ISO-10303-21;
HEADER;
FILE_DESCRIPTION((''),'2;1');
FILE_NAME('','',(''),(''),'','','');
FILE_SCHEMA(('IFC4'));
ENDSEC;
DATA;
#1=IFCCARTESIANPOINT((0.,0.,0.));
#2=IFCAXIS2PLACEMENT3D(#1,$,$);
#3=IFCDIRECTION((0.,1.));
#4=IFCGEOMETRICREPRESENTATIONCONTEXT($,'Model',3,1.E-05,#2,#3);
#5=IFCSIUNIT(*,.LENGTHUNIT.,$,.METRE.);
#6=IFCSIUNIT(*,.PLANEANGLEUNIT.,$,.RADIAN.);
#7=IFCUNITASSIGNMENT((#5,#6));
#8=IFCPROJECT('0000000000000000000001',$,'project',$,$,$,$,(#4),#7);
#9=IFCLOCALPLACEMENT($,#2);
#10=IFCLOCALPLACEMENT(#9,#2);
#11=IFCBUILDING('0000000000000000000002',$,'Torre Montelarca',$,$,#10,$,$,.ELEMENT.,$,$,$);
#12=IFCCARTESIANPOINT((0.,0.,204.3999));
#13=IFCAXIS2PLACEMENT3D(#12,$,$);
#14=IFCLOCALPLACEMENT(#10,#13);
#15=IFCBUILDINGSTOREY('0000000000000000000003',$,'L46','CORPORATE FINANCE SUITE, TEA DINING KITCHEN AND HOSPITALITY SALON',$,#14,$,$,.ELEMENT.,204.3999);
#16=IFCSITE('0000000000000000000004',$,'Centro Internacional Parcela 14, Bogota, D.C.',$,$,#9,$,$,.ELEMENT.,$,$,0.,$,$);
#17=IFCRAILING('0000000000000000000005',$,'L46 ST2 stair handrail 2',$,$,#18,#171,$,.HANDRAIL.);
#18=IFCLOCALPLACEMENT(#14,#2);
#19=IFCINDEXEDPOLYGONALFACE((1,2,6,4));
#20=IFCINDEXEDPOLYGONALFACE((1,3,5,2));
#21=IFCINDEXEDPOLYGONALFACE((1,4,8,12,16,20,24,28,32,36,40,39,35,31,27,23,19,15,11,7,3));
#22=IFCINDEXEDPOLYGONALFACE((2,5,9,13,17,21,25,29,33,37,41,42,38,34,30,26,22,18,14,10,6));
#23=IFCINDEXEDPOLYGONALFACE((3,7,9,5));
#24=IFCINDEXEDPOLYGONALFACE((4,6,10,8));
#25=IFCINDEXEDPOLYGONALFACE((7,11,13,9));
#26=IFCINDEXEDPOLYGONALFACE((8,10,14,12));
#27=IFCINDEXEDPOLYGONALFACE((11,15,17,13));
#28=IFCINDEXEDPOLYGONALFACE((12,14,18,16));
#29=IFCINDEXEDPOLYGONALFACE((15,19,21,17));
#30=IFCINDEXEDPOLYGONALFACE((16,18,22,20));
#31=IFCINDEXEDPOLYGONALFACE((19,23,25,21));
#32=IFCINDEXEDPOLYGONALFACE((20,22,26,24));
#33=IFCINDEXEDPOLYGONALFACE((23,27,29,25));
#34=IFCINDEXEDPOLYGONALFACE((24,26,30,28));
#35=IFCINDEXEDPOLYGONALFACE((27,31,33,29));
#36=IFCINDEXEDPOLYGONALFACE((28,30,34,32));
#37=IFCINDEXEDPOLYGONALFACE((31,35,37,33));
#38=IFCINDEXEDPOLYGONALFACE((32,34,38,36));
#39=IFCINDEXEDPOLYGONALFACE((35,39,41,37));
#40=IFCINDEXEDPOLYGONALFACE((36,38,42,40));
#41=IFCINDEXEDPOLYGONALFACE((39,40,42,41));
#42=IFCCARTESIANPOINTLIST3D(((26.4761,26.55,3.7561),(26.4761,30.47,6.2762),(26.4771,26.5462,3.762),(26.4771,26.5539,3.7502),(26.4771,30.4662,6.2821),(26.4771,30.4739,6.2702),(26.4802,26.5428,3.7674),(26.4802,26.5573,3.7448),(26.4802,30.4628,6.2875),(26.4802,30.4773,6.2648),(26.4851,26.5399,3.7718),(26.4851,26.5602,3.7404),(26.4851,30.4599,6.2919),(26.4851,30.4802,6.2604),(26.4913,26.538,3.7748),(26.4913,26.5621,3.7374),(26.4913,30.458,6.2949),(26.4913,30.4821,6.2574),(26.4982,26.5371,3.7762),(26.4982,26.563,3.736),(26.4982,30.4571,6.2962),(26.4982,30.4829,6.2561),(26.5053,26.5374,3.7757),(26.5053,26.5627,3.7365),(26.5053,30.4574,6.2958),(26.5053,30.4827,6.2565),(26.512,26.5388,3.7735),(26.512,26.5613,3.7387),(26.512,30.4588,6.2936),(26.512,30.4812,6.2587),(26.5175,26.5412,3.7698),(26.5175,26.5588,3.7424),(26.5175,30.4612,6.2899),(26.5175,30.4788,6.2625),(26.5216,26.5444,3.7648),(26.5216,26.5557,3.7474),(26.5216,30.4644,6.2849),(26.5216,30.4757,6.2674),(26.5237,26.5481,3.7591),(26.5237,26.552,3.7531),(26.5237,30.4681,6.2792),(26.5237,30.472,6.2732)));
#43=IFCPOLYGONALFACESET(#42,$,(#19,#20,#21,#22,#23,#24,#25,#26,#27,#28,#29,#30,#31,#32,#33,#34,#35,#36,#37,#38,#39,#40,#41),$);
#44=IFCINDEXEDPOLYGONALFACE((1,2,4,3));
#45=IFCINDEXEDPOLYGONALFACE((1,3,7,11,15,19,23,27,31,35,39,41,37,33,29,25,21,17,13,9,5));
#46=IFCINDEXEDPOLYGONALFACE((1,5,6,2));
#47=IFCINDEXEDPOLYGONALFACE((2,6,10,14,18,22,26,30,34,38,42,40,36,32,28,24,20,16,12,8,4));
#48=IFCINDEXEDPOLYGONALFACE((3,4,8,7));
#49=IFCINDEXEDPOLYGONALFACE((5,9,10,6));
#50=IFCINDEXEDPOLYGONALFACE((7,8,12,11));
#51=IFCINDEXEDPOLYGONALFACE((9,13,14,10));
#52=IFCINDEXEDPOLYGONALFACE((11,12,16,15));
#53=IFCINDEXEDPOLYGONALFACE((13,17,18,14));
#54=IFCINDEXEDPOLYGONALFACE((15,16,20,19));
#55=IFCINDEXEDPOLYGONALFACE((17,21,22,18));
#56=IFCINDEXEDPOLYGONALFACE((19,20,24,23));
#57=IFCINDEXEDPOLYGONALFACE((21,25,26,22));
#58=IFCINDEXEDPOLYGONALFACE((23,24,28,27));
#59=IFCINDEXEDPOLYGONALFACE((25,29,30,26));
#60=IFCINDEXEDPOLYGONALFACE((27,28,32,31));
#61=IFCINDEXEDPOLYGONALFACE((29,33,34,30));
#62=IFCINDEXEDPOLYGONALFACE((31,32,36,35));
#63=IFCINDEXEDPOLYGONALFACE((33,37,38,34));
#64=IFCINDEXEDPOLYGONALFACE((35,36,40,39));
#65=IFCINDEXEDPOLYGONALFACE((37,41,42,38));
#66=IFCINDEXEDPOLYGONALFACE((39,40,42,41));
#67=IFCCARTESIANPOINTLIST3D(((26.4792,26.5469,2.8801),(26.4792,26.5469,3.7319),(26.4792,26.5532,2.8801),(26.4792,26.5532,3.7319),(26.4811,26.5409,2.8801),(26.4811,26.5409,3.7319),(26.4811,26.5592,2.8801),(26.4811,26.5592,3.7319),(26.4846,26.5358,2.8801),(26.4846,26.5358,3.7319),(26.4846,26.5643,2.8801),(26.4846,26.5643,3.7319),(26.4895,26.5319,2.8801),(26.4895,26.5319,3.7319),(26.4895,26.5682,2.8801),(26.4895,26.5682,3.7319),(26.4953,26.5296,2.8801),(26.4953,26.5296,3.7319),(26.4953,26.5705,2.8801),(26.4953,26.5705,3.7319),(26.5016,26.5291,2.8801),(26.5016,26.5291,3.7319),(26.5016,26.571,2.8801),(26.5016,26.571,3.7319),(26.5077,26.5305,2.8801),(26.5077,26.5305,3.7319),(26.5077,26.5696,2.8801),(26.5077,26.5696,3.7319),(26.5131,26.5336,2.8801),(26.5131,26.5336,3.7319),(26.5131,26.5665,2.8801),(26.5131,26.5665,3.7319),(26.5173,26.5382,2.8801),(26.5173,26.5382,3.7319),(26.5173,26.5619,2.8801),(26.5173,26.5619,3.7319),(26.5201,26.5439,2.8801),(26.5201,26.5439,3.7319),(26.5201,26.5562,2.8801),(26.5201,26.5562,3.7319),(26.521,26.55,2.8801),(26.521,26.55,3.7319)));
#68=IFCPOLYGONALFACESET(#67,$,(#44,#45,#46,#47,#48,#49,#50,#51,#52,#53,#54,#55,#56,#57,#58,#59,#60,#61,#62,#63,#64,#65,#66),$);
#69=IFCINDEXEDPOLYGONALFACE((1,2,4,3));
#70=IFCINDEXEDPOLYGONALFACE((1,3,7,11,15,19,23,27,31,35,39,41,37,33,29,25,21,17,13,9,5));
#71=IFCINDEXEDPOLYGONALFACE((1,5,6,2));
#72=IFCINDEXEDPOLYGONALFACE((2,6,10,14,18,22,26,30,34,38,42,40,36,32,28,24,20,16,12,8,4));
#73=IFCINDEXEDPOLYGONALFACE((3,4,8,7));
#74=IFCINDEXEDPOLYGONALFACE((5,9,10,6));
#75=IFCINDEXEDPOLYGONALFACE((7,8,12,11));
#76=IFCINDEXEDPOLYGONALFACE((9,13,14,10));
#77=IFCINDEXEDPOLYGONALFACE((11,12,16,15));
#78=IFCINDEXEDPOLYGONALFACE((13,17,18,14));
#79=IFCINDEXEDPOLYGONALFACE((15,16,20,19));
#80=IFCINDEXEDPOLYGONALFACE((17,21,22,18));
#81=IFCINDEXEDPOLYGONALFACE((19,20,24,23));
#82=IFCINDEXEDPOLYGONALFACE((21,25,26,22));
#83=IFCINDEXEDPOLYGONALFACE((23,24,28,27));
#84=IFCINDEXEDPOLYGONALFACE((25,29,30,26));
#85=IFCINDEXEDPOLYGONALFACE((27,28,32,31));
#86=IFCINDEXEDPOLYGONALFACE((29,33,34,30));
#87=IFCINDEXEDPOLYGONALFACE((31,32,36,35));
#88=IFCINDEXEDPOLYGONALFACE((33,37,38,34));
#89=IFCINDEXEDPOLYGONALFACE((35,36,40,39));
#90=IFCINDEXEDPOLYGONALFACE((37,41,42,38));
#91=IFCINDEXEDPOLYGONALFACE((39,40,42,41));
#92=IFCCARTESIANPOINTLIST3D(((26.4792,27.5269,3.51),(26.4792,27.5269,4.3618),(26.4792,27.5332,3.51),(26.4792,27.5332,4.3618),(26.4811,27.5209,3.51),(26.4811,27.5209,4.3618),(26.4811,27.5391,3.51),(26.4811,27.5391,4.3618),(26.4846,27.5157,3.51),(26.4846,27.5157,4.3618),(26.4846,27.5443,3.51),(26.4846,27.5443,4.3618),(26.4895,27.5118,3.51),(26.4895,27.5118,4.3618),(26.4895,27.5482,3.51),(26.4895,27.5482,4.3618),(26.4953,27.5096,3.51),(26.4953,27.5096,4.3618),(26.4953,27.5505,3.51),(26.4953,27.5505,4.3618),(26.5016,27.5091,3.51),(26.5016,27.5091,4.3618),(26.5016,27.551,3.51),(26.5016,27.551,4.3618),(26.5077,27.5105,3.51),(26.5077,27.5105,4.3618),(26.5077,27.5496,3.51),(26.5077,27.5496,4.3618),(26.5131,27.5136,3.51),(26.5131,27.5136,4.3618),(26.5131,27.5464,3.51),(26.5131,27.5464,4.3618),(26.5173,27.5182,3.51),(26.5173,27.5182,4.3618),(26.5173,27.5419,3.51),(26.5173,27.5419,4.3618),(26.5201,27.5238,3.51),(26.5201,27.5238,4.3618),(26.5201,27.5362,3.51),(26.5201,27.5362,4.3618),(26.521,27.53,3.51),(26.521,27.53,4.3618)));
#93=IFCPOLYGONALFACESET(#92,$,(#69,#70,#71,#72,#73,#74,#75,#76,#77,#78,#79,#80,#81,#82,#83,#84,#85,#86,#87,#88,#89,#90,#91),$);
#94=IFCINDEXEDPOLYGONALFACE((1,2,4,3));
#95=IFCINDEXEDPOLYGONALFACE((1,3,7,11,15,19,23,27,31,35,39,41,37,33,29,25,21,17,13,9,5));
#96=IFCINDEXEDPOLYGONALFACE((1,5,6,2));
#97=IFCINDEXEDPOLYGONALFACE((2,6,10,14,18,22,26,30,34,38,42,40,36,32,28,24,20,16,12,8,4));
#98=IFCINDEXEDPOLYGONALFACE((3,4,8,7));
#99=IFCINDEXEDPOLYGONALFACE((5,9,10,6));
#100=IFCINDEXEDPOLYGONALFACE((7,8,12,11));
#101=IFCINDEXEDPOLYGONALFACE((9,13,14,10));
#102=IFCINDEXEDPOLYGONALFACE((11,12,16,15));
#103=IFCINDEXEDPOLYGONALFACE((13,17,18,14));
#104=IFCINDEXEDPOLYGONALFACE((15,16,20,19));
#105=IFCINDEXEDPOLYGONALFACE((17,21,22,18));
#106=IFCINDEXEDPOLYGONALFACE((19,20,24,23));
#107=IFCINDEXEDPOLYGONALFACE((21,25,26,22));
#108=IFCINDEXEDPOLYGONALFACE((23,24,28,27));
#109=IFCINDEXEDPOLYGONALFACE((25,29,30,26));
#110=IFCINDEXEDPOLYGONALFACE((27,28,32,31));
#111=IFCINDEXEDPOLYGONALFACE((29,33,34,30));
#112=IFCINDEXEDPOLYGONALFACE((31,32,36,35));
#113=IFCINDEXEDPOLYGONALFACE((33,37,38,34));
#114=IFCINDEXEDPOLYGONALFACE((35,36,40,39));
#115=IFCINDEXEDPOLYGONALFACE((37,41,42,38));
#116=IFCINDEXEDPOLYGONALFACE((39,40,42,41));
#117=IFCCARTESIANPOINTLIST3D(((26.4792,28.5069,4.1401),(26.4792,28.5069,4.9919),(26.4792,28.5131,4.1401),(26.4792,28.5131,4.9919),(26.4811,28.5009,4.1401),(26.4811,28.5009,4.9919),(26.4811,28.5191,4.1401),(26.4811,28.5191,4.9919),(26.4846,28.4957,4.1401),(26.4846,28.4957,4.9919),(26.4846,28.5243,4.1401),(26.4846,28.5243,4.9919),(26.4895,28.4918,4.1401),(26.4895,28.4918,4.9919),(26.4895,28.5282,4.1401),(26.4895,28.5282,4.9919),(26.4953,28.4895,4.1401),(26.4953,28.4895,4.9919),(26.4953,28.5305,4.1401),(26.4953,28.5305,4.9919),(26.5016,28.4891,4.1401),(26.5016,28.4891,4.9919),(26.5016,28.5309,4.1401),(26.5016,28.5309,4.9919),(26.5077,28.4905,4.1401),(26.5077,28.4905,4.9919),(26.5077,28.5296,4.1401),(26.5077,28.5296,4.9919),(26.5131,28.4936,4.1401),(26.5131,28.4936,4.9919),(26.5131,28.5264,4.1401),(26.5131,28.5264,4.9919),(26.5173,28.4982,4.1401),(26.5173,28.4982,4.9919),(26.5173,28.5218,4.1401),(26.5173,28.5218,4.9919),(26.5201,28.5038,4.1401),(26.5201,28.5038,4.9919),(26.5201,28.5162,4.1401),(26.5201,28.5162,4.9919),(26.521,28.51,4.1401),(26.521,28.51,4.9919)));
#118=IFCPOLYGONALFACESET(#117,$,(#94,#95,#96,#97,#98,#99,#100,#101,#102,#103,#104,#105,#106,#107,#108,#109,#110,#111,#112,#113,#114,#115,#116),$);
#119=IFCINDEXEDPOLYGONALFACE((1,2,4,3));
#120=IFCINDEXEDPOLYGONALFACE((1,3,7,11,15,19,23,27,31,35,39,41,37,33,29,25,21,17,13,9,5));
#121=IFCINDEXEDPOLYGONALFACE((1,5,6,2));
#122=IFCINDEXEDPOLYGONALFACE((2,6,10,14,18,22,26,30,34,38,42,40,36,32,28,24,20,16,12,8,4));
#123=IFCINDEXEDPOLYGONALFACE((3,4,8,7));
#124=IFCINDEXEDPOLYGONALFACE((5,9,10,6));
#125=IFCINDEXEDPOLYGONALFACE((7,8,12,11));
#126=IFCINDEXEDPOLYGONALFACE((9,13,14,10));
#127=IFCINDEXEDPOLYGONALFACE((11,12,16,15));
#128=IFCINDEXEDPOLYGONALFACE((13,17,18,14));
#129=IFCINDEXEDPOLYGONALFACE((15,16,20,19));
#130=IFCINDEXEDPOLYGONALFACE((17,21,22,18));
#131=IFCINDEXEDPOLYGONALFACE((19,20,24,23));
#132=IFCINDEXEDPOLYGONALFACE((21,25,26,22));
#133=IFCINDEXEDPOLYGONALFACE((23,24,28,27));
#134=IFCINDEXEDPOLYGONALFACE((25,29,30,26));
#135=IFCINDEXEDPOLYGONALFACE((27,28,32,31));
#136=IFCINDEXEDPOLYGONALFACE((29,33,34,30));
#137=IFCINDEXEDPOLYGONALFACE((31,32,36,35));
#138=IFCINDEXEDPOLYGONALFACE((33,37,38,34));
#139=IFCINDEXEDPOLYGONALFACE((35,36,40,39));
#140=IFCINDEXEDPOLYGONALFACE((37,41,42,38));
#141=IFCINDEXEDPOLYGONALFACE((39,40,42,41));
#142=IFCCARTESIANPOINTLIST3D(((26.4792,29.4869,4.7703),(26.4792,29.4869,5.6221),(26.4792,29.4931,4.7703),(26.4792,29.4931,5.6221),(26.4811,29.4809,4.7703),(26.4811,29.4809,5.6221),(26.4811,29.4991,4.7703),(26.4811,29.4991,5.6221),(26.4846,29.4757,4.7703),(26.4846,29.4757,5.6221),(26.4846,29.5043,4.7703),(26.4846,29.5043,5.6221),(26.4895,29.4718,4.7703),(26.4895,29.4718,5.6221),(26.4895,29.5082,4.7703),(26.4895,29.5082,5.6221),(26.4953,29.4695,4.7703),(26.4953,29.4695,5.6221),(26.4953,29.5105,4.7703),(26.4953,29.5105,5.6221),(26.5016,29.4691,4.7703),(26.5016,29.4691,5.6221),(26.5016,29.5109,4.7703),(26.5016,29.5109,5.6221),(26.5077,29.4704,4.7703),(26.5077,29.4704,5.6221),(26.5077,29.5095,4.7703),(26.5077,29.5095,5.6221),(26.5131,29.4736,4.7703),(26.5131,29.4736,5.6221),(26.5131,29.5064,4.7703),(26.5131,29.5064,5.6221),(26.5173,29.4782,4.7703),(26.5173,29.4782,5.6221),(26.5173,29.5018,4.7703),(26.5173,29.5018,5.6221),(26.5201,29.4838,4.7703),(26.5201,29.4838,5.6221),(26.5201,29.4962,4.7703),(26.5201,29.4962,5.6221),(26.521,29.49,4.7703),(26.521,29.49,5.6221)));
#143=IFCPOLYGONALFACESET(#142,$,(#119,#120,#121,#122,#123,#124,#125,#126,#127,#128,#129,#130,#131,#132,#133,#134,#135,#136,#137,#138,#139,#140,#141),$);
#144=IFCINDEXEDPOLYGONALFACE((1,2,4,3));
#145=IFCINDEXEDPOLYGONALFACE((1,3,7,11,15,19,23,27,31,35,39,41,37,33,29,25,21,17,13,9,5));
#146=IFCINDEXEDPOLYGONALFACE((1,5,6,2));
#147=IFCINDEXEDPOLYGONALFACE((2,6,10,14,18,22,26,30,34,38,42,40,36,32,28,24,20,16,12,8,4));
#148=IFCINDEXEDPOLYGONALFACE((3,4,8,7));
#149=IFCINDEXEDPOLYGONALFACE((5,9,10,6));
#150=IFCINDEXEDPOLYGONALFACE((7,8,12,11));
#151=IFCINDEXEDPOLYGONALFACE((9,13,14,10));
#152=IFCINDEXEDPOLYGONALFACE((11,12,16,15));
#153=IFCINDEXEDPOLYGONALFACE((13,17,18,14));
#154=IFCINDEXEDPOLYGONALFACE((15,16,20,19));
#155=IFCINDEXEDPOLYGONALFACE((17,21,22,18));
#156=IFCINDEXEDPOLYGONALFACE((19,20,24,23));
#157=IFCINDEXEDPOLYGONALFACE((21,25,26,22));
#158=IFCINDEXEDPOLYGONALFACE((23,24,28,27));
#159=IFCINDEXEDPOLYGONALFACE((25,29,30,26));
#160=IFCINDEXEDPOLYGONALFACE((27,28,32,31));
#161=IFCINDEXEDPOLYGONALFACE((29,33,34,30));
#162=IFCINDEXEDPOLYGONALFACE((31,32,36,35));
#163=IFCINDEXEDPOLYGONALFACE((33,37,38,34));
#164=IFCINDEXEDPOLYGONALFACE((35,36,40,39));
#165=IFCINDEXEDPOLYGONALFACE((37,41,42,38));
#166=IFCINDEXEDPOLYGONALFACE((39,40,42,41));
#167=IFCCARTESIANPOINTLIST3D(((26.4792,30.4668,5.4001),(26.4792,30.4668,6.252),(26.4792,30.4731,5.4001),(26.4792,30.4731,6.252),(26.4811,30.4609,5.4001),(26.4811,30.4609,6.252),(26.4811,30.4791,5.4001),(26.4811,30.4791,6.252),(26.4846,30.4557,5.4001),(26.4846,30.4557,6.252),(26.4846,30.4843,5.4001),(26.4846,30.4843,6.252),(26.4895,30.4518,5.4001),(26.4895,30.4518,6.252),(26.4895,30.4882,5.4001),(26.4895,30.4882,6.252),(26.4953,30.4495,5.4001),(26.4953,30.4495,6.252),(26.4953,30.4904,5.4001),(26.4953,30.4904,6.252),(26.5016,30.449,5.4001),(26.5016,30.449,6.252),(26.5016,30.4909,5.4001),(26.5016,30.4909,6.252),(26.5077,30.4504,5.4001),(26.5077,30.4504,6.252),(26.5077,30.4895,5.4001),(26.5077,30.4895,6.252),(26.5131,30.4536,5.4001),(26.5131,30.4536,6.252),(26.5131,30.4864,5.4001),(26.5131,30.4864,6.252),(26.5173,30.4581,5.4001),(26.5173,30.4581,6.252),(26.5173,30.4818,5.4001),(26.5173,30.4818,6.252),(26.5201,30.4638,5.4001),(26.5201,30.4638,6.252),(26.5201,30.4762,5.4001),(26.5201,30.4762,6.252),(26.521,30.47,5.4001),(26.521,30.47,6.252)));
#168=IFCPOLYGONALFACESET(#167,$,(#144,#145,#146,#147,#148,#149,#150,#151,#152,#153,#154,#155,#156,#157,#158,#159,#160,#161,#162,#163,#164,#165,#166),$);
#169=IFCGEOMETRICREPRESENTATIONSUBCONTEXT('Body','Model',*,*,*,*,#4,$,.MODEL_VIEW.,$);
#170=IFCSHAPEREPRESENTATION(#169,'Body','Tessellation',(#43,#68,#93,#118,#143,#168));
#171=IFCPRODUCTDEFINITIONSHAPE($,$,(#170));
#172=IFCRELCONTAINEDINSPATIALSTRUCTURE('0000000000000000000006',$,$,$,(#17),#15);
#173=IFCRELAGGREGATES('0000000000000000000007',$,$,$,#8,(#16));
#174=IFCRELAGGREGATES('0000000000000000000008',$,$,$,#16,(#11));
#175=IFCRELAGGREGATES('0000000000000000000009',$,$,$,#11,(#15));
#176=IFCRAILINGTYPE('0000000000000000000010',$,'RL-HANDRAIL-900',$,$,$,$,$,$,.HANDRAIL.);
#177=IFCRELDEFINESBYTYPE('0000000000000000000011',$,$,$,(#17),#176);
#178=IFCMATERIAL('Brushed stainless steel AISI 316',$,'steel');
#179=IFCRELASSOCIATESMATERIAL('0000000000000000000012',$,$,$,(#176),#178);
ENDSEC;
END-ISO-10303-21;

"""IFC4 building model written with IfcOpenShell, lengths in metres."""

from ifc_helpers import new_model, si_unit, direction, frame, origin, origin_2d, place, context, subcontext, project, spatial, circle, extrude, material, type_object, element, save


model = new_model("IFC4")

# Units and contexts
model_context = context("Model", 3, precision=1e-05, world=origin(), true_north=direction((0.0, 1.0)))
body_context = subcontext(model_context, "Body", "Model", "MODEL_VIEW")
ifc_project = project(units=[si_unit("LENGTHUNIT", "METRE"), si_unit("PLANEANGLEUNIT", "RADIAN")], contexts=[model_context])

# Site, building, storey
site_placement = place(None, origin())
site = spatial("IfcSite", under=ifc_project, at=site_placement, Name="Centro Internacional Parcela 14, Bogota, D.C.", CompositionType="ELEMENT", RefElevation=0.0)
building_placement = place(site_placement, origin())
building = spatial("IfcBuilding", under=site, at=building_placement, Name="Torre Montelarca", CompositionType="ELEMENT")
storey_placement = place(building_placement, frame((0.0, 0.0, 204.3999)))
storey = spatial("IfcBuildingStorey", under=building, at=storey_placement, Name="L46", Description="CORPORATE FINANCE SUITE, TEA DINING KITCHEN AND HOSPITALITY SALON", CompositionType="ELEMENT", Elevation=204.3999)

# Shared definitions
ifc_material_1 = material(Name="Brushed stainless steel AISI 316", Category="steel")

# Railing
railing_type_1 = type_object("IfcRailingType", Name="RL-HANDRAIL-900", PredefinedType="HANDRAIL", material=ifc_material_1)
railing_1_placement = place(storey_placement, frame((26.5, 26.55, 2.8801)))
element("IfcRailing", 1, at=railing_1_placement, inside=storey, type_object=railing_type_1, Name="L46 ST2 stair handrail 2", PredefinedType="HANDRAIL", context=body_context, shape_type="SweptSolid", body=[
    extrude(circle(Radius=0.0239, at=origin_2d()), frame((0.0, 0.0, 0.876), z_axis=(0.0, 0.841172, 0.540768), x_axis=(-1.0, 0.0, 0.0)), (0.0, 0.0, 1.0), 4.6602),
    extrude(circle(Radius=0.021, at=origin_2d()), origin(), (0.0, 0.0, 1.0), 0.8518),
    extrude(circle(Radius=0.021, at=origin_2d()), frame((0.0, 0.98, 0.6299)), (0.0, 0.0, 1.0), 0.8518),
    extrude(circle(Radius=0.021, at=origin_2d()), frame((0.0, 1.96, 1.26)), (0.0, 0.0, 1.0), 0.8518),
    extrude(circle(Radius=0.021, at=origin_2d()), frame((0.0, 2.9399, 1.8901)), (0.0, 0.0, 1.0), 0.8518),
    extrude(circle(Radius=0.021, at=origin_2d()), frame((0.0, 3.9199, 2.52)), (0.0, 0.0, 1.0), 0.8518),
])

save(model, "model.ifc")
